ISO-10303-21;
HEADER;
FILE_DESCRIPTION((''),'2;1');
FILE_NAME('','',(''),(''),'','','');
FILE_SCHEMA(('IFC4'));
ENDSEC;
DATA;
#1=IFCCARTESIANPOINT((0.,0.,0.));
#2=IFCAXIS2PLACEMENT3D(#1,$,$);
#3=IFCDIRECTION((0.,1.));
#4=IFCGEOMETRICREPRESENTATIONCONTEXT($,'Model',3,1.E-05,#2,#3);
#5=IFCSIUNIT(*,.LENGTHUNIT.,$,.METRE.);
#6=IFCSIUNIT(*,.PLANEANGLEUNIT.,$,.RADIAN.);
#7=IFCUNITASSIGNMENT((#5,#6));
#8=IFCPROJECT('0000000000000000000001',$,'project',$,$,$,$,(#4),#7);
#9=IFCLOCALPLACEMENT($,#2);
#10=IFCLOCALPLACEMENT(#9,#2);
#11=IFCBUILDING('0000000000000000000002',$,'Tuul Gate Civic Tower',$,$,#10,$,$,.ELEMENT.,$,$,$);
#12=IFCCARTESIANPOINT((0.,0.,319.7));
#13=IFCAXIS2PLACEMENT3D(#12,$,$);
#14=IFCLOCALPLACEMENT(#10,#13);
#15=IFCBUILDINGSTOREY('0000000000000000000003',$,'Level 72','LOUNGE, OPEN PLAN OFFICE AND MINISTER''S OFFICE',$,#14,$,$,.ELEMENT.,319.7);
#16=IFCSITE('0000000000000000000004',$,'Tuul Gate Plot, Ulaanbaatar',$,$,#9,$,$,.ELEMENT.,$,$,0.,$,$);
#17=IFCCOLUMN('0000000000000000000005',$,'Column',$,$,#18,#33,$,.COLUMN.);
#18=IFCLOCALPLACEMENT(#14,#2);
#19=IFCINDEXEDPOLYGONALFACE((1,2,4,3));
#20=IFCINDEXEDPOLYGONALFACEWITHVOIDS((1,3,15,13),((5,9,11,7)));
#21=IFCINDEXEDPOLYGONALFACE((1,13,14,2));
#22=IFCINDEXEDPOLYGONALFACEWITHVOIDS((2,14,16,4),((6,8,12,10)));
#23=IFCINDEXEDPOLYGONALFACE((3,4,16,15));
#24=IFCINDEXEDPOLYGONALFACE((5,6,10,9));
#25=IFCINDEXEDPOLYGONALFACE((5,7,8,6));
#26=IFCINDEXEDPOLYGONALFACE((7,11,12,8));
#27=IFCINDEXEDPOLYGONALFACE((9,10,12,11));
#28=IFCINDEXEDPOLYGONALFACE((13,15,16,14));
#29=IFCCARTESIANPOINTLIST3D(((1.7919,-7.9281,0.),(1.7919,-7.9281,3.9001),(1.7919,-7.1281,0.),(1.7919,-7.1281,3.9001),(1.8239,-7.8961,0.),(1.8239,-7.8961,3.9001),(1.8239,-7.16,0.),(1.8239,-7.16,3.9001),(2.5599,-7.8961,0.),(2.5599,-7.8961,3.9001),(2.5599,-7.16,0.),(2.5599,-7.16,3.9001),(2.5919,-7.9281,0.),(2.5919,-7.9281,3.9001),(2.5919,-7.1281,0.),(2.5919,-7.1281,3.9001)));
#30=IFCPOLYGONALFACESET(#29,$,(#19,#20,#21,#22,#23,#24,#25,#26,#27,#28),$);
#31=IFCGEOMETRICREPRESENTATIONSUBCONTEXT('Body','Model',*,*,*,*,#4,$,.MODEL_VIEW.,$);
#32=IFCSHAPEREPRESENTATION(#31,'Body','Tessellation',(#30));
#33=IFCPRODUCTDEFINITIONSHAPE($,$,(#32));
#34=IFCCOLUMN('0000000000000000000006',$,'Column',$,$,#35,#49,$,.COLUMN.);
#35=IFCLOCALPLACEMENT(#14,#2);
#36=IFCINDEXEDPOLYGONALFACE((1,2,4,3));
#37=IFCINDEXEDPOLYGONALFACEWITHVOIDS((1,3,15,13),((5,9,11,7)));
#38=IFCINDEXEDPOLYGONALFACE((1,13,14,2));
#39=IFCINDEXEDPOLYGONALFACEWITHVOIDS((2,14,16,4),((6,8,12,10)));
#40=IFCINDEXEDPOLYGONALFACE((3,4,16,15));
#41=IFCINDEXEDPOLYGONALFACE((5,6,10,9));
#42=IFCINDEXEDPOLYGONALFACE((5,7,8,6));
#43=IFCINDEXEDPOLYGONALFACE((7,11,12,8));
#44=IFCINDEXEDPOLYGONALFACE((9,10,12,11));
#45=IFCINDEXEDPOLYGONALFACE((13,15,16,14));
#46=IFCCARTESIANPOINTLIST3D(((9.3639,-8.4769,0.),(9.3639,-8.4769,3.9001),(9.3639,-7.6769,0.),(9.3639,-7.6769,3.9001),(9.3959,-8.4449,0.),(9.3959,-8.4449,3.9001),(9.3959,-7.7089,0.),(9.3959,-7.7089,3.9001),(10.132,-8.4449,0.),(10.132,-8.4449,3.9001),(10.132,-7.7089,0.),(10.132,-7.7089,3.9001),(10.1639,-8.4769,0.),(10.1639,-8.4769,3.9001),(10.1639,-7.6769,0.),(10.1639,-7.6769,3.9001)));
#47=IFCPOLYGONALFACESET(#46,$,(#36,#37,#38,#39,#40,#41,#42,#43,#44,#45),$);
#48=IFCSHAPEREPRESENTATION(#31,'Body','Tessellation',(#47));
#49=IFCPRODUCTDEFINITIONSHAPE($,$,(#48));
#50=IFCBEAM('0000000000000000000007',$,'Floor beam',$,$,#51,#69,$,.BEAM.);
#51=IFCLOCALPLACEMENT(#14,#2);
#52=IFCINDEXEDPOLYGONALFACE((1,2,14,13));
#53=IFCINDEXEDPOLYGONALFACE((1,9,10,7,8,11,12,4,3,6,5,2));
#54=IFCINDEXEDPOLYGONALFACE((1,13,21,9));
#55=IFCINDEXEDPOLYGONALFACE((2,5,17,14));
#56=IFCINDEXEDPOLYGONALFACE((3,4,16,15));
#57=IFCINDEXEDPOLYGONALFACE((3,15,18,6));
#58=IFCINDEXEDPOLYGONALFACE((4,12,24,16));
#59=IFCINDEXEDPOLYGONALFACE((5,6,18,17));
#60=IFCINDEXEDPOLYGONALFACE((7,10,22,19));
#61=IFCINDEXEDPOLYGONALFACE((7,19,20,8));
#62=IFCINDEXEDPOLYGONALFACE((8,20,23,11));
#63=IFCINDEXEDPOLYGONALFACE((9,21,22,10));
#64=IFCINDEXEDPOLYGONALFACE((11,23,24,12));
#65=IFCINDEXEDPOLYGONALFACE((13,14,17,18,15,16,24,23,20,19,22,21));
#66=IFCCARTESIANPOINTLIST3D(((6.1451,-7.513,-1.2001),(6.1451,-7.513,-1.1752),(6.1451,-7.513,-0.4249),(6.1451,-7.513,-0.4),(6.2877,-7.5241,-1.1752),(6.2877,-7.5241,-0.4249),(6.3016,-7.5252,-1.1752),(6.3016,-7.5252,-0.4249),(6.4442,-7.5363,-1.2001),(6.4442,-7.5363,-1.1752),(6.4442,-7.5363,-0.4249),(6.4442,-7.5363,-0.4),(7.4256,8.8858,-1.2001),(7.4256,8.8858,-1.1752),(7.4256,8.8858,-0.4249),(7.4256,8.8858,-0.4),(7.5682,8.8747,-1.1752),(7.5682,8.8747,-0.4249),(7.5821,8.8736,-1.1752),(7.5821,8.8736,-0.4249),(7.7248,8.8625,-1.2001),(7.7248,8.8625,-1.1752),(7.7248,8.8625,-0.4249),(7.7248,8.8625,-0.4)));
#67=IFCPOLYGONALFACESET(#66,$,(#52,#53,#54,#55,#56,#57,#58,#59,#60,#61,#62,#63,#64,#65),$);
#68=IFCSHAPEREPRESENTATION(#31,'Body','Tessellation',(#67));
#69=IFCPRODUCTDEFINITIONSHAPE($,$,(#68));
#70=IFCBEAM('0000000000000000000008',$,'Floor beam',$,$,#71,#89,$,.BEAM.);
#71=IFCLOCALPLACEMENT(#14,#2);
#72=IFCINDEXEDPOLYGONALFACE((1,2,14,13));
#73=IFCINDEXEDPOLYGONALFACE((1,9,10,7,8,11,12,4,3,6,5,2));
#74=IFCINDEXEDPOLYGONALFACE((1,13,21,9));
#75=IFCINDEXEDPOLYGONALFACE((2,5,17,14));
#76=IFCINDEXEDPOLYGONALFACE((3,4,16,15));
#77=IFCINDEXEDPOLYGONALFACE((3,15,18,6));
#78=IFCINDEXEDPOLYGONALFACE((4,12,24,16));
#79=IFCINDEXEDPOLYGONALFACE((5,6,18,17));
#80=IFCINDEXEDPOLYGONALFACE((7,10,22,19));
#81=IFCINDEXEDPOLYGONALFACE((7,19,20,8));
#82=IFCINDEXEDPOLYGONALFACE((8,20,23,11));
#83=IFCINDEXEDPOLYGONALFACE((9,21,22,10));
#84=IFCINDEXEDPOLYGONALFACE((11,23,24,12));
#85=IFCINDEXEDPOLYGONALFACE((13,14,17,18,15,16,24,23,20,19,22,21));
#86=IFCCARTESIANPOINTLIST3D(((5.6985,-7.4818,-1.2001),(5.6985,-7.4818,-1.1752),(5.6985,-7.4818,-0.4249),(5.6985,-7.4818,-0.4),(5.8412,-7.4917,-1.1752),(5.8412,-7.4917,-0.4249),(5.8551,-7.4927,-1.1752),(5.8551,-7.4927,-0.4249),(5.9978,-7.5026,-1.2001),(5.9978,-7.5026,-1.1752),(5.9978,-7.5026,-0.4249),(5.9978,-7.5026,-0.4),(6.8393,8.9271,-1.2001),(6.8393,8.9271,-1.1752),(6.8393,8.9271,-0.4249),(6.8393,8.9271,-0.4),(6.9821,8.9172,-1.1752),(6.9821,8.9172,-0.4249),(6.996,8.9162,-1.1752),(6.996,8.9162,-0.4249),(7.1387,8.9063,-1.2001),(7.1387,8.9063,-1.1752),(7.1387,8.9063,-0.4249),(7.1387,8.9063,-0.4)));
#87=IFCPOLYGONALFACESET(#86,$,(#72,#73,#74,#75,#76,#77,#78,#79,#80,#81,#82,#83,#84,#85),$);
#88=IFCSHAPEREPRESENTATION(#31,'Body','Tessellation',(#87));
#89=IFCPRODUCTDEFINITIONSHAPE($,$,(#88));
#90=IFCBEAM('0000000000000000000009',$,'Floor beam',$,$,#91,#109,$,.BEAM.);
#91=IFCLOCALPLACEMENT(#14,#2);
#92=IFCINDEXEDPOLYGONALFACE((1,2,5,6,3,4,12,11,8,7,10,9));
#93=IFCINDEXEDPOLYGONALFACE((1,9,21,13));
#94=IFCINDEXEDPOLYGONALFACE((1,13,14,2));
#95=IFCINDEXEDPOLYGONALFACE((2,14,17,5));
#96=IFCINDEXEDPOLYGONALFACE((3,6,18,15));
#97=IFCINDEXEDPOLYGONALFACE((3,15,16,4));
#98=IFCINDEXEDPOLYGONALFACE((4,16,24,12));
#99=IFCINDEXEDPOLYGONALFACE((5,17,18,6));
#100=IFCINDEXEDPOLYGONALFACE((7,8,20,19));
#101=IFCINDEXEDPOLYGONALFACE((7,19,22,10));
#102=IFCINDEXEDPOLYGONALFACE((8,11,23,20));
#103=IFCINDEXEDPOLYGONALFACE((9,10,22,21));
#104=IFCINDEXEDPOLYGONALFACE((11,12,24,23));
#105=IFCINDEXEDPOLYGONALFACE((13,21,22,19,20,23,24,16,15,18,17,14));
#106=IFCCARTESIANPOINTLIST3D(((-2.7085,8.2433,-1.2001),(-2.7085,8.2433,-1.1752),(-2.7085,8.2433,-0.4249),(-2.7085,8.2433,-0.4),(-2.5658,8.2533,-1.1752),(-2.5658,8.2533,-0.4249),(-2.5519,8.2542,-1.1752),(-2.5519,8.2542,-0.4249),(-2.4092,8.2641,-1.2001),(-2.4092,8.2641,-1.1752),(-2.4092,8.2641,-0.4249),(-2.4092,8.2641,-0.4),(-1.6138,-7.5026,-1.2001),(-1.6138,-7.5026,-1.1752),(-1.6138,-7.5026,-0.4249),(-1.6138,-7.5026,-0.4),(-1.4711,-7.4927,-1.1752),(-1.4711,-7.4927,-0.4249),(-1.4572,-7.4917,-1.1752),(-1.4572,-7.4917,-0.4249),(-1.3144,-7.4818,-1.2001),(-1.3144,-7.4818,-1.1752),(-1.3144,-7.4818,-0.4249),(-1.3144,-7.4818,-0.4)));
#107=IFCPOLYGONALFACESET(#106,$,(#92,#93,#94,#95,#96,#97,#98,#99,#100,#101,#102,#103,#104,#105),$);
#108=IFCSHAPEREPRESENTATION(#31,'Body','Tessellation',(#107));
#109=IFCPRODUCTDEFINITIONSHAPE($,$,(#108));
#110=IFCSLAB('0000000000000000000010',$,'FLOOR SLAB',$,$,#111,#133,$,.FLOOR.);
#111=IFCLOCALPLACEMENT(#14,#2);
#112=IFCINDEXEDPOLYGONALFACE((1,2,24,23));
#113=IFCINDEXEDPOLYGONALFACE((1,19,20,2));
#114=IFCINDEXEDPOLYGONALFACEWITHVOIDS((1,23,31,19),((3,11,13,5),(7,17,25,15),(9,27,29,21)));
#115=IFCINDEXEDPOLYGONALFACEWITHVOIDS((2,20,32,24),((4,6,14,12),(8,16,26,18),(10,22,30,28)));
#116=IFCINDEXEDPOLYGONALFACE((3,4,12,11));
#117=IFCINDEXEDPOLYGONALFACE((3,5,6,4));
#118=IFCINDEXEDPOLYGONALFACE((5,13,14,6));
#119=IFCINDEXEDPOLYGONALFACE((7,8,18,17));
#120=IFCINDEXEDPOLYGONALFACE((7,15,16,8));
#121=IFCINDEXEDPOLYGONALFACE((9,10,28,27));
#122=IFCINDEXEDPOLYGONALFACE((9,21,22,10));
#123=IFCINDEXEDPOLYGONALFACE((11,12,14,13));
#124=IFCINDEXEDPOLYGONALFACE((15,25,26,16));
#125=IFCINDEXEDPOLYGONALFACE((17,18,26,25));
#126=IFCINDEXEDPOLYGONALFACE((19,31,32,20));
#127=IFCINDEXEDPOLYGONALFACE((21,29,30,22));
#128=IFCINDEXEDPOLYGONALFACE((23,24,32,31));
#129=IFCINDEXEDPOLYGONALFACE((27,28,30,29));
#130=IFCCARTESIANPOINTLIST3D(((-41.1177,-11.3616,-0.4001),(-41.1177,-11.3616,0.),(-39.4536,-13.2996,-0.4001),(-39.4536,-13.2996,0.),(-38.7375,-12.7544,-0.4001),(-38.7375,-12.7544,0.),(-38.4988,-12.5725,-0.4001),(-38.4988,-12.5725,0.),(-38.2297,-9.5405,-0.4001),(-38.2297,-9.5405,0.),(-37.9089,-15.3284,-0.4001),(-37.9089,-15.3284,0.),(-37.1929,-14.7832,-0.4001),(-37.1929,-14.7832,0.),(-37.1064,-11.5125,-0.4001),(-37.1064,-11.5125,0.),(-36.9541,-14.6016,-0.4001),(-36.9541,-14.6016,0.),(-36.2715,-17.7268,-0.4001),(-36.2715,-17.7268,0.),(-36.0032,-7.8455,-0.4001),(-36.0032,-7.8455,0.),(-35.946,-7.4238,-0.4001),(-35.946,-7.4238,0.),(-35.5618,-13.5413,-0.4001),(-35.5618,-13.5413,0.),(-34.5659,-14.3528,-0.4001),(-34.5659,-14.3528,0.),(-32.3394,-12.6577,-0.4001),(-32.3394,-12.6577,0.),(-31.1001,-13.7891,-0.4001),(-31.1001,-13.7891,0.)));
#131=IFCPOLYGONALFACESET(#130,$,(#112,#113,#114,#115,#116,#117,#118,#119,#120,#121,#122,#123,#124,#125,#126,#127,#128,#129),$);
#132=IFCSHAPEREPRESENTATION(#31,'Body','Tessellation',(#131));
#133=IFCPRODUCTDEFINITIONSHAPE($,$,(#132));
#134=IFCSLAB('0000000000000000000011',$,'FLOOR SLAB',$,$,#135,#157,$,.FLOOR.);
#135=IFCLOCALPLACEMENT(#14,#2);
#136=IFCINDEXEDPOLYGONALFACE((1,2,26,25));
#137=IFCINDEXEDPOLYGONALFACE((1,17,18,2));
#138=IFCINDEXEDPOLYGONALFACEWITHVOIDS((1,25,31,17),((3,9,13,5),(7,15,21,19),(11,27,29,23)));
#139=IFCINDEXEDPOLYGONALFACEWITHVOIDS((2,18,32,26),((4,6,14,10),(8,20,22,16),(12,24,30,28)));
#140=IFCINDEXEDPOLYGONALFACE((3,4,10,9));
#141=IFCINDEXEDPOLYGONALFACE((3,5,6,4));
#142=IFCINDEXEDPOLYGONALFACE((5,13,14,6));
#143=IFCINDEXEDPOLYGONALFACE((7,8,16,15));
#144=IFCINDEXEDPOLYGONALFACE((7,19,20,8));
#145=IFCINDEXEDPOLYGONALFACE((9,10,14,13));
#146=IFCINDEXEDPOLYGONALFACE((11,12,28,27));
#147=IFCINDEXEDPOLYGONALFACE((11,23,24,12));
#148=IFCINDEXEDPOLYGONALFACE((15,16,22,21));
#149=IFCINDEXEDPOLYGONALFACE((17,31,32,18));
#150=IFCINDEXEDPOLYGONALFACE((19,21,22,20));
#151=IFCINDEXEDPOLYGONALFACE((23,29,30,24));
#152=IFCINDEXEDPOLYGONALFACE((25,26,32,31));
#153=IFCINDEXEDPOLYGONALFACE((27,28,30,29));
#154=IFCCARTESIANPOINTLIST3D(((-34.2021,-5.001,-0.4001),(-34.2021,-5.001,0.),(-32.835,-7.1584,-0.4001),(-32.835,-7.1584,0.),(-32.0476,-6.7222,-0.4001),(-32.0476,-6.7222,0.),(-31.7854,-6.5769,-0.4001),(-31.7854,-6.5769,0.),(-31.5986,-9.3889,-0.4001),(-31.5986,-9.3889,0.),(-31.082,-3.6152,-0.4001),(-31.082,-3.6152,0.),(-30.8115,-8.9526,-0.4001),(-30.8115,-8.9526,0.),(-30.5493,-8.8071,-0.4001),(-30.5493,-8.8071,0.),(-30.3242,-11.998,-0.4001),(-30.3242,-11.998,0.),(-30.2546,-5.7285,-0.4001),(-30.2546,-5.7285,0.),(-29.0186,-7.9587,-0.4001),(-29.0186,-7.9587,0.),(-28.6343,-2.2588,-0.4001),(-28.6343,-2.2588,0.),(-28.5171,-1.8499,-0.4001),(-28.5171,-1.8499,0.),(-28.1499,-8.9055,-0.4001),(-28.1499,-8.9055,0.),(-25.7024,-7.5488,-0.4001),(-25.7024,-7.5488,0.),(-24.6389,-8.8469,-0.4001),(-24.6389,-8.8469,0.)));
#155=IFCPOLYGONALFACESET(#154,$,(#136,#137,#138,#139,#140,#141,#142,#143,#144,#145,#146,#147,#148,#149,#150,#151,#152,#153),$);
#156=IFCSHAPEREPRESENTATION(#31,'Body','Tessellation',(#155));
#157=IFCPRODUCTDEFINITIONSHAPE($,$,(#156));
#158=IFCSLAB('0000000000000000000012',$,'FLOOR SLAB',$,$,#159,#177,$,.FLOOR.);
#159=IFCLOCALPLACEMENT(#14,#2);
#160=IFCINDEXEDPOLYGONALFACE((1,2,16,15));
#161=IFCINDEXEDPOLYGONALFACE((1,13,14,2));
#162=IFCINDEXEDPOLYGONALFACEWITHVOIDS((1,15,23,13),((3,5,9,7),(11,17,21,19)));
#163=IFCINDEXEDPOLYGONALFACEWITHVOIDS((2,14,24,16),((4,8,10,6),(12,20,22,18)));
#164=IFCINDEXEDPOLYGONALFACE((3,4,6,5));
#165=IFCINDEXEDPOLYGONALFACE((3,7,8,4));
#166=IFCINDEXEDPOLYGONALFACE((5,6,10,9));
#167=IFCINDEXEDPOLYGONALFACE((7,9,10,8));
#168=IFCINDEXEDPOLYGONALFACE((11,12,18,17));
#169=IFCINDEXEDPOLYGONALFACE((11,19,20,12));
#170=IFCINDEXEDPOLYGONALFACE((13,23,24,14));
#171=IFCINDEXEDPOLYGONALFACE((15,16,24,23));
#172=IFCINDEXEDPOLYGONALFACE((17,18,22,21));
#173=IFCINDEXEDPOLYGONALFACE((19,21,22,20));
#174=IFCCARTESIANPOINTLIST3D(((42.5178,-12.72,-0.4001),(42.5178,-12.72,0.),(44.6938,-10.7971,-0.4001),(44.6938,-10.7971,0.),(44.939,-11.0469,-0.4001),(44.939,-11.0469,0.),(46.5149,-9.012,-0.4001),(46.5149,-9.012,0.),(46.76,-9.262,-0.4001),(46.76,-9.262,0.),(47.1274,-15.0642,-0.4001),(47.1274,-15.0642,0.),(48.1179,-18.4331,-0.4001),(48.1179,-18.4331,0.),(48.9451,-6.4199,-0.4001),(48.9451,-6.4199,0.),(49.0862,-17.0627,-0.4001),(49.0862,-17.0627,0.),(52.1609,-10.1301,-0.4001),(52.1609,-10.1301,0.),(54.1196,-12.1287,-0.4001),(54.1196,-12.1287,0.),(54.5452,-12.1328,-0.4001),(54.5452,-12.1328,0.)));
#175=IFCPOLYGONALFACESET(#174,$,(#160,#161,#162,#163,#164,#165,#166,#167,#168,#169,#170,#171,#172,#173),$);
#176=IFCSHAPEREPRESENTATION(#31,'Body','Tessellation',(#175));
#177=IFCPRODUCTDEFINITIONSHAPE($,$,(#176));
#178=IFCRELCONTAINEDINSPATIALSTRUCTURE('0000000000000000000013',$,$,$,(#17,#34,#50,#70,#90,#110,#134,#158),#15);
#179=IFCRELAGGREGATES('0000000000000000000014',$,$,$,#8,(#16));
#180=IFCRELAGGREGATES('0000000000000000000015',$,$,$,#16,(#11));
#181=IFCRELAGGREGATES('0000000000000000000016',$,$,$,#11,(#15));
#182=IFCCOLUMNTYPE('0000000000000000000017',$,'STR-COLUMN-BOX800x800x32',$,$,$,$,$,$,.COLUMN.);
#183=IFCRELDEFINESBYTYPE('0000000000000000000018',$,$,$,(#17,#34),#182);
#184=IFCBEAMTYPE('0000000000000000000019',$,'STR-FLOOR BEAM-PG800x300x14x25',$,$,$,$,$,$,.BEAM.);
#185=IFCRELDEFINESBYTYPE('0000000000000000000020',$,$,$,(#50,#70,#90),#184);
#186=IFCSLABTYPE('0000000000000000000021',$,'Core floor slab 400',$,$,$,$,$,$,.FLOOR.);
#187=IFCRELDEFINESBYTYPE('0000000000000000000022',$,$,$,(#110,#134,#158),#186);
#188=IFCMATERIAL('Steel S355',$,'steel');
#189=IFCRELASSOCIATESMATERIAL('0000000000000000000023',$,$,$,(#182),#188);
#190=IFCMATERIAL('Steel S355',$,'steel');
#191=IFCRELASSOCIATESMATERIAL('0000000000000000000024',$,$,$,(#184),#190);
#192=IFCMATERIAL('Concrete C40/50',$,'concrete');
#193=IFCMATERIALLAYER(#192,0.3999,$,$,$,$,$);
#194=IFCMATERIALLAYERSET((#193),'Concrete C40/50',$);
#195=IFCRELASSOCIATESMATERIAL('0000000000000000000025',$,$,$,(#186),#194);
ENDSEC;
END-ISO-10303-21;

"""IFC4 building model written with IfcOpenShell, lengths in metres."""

from ifc_helpers import new_model, si_unit, direction, frame, origin, origin_2d, place, context, subcontext, project, spatial, polyline, hollow_rectangle, i_section, outline, extrude, material, layer, layer_set, material_profile, profile_set, type_object, element, save


model = new_model("IFC4")

# Units and contexts
model_context = context("Model", 3, precision=1e-05, world=origin(), true_north=direction((0.0, 1.0)))
body_context = subcontext(model_context, "Body", "Model", "MODEL_VIEW")
ifc_project = project(units=[si_unit("LENGTHUNIT", "METRE"), si_unit("PLANEANGLEUNIT", "RADIAN")], contexts=[model_context])

# Site, building, storey
site_placement = place(None, origin())
site = spatial("IfcSite", under=ifc_project, at=site_placement, Name="Tuul Gate Plot, Ulaanbaatar", CompositionType="ELEMENT", RefElevation=0.0)
building_placement = place(site_placement, origin())
building = spatial("IfcBuilding", under=site, at=building_placement, Name="Tuul Gate Civic Tower", CompositionType="ELEMENT")
storey_placement = place(building_placement, frame((0.0, 0.0, 319.7)))
storey = spatial("IfcBuildingStorey", under=building, at=storey_placement, Name="Level 72", Description="LOUNGE, OPEN PLAN OFFICE AND MINISTER'S OFFICE", CompositionType="ELEMENT", Elevation=319.7)

# Columns
ifc_material_1 = material(Name="Steel S355", Category="steel")
ifc_material_profile_1 = material_profile(ifc_material_1, hollow_rectangle(XDim=0.8, YDim=0.8, WallThickness=0.032, at=origin_2d()), Name="BOX800x800x32")
ifc_profile_set_1 = profile_set([ifc_material_profile_1], Name="Steel S355")
column_type = type_object("IfcColumnType", Name="STR-COLUMN-BOX800x800x32", PredefinedType="COLUMN", material=ifc_profile_set_1)
for number, where, z_axis, x_axis, name in (
    (1, (2.1919, -7.5281, 0.0), (0.0, 0.0, 1.0), (1.0, 0.0, 0.0), "Column"),
    (2, (9.7639, -8.0769, 0.0), (0.0, 0.0, 1.0), (1.0, 0.0, 0.0), "Column"),
):
    element("IfcColumn", number, at=place(storey_placement, frame(where, z_axis=z_axis, x_axis=x_axis)), inside=storey, type_object=column_type, Name=name, PredefinedType="COLUMN", context=body_context, shape_type="SweptSolid", body=[
        extrude(hollow_rectangle(XDim=0.8, YDim=0.8, WallThickness=0.032, at=origin_2d()), origin(), (0.0, 0.0, 1.0), 3.9001),
    ])

# Beams
ifc_material_2 = material(Name="Steel S355", Category="steel")
ifc_material_profile_2 = material_profile(ifc_material_2, i_section(OverallWidth=0.3, OverallDepth=0.8, WebThickness=0.0139, FlangeThickness=0.0249, at=origin_2d()), Name="PG800x300x14x25")
ifc_profile_set_2 = profile_set([ifc_material_profile_2], Name="Steel S355")
beam_type = type_object("IfcBeamType", Name="STR-FLOOR BEAM-PG800x300x14x25", PredefinedType="BEAM", material=ifc_profile_set_2)
beam_1_placement = place(storey_placement, frame((6.2947, -7.5247, -0.8), z_axis=(0.077848, 0.996965, 0.0), x_axis=(-0.996965, 0.077848, 0.0)))
element("IfcBeam", 3, at=beam_1_placement, inside=storey, type_object=beam_type, Name="Floor beam", PredefinedType="BEAM", context=body_context, shape_type="SweptSolid", body=[
    extrude(i_section(OverallWidth=0.3, OverallDepth=0.8, WebThickness=0.0139, FlangeThickness=0.0249, at=origin_2d()), origin(), (0.0, 0.0, 1.0), 16.4487),
])
beam_2_placement = place(storey_placement, frame((5.8481, -7.4922, -0.8), z_axis=(0.06936, 0.997592, 0.0), x_axis=(-0.997592, 0.06936, 0.0)))
element("IfcBeam", 4, at=beam_2_placement, inside=storey, type_object=beam_type, Name="Floor beam", PredefinedType="BEAM", context=body_context, shape_type="SweptSolid", body=[
    extrude(i_section(OverallWidth=0.3, OverallDepth=0.8, WebThickness=0.0139, FlangeThickness=0.0249, at=origin_2d()), origin(), (0.0, 0.0, 1.0), 16.4485),
])
beam_3_placement = place(storey_placement, frame((-1.4641, -7.4922, -0.8), z_axis=(-0.069357, 0.997592, 0.0), x_axis=(-0.997592, -0.069357, 0.0)))
element("IfcBeam", 5, at=beam_3_placement, inside=storey, type_object=beam_type, Name="Floor beam", PredefinedType="BEAM", context=body_context, shape_type="SweptSolid", body=[
    extrude(i_section(OverallWidth=0.3, OverallDepth=0.8, WebThickness=0.0139, FlangeThickness=0.0249, at=origin_2d()), origin(), (0.0, 0.0, 1.0), 15.7839),
])

# Slabs
ifc_material_3 = material(Name="Concrete C40/50", Category="concrete")
ifc_layer_1 = layer(ifc_material_3, 0.3999)
ifc_layer_set_1 = layer_set([ifc_layer_1], Name="Concrete C40/50")
slab_type_1 = type_object("IfcSlabType", Name="Core floor slab 400", PredefinedType="FLOOR", material=ifc_layer_set_1)
slab_1_placement = place(storey_placement, frame((0.0, 0.0, -0.4001)))
element("IfcSlab", 6, at=slab_1_placement, inside=storey, type_object=slab_type_1, Name="FLOOR SLAB", PredefinedType="FLOOR", context=body_context, shape_type="SweptSolid", body=[
    extrude(outline(polyline([(-31.1001, -13.7891), (-35.946, -7.4238), (-41.1177, -11.3616), (-36.2715, -17.7268), (-31.1001, -13.7891)]), holes=[polyline([(-35.5618, -13.5413), (-37.1064, -11.5125), (-38.4988, -12.5725), (-36.9541, -14.6016), (-35.5618, -13.5413)]), polyline([(-37.1929, -14.7832), (-38.7375, -12.7544), (-39.4536, -13.2996), (-37.9089, -15.3284), (-37.1929, -14.7832)]), polyline([(-32.3394, -12.6577), (-34.5659, -14.3528), (-38.2297, -9.5405), (-36.0032, -7.8455), (-32.3394, -12.6577)])]), origin(), (0.0, 0.0, 1.0), 0.4001),
])
slab_2_placement = place(storey_placement, frame((0.0, 0.0, -0.4001)))
element("IfcSlab", 7, at=slab_2_placement, inside=storey, type_object=slab_type_1, Name="FLOOR SLAB", PredefinedType="FLOOR", context=body_context, shape_type="SweptSolid", body=[
    extrude(outline(polyline([(-24.6389, -8.8469), (-28.5171, -1.8499), (-34.2021, -5.001), (-30.3242, -11.998), (-24.6389, -8.8469)]), holes=[polyline([(-29.0186, -7.9587), (-30.2546, -5.7285), (-31.7854, -6.5769), (-30.5493, -8.8071), (-29.0186, -7.9587)]), polyline([(-30.8115, -8.9526), (-32.0476, -6.7222), (-32.835, -7.1584), (-31.5986, -9.3889), (-30.8115, -8.9526)]), polyline([(-25.7024, -7.5488), (-28.1499, -8.9055), (-31.082, -3.6152), (-28.6343, -2.2588), (-25.7024, -7.5488)])]), origin(), (0.0, 0.0, 1.0), 0.4001),
])
slab_3_placement = place(storey_placement, frame((0.0, 0.0, -0.4001)))
element("IfcSlab", 8, at=slab_3_placement, inside=storey, type_object=slab_type_1, Name="FLOOR SLAB", PredefinedType="FLOOR", context=body_context, shape_type="SweptSolid", body=[
    extrude(outline(polyline([(48.1179, -18.4331), (54.5452, -12.1328), (48.9451, -6.4199), (42.5178, -12.72), (48.1179, -18.4331)]), holes=[polyline([(44.939, -11.0469), (46.76, -9.262), (46.5149, -9.012), (44.6938, -10.7971), (44.939, -11.0469)]), polyline([(49.0862, -17.0627), (47.1274, -15.0642), (52.1609, -10.1301), (54.1196, -12.1287), (49.0862, -17.0627)])]), origin(), (0.0, 0.0, 1.0), 0.4001),
])

save(model, "model.ifc")
